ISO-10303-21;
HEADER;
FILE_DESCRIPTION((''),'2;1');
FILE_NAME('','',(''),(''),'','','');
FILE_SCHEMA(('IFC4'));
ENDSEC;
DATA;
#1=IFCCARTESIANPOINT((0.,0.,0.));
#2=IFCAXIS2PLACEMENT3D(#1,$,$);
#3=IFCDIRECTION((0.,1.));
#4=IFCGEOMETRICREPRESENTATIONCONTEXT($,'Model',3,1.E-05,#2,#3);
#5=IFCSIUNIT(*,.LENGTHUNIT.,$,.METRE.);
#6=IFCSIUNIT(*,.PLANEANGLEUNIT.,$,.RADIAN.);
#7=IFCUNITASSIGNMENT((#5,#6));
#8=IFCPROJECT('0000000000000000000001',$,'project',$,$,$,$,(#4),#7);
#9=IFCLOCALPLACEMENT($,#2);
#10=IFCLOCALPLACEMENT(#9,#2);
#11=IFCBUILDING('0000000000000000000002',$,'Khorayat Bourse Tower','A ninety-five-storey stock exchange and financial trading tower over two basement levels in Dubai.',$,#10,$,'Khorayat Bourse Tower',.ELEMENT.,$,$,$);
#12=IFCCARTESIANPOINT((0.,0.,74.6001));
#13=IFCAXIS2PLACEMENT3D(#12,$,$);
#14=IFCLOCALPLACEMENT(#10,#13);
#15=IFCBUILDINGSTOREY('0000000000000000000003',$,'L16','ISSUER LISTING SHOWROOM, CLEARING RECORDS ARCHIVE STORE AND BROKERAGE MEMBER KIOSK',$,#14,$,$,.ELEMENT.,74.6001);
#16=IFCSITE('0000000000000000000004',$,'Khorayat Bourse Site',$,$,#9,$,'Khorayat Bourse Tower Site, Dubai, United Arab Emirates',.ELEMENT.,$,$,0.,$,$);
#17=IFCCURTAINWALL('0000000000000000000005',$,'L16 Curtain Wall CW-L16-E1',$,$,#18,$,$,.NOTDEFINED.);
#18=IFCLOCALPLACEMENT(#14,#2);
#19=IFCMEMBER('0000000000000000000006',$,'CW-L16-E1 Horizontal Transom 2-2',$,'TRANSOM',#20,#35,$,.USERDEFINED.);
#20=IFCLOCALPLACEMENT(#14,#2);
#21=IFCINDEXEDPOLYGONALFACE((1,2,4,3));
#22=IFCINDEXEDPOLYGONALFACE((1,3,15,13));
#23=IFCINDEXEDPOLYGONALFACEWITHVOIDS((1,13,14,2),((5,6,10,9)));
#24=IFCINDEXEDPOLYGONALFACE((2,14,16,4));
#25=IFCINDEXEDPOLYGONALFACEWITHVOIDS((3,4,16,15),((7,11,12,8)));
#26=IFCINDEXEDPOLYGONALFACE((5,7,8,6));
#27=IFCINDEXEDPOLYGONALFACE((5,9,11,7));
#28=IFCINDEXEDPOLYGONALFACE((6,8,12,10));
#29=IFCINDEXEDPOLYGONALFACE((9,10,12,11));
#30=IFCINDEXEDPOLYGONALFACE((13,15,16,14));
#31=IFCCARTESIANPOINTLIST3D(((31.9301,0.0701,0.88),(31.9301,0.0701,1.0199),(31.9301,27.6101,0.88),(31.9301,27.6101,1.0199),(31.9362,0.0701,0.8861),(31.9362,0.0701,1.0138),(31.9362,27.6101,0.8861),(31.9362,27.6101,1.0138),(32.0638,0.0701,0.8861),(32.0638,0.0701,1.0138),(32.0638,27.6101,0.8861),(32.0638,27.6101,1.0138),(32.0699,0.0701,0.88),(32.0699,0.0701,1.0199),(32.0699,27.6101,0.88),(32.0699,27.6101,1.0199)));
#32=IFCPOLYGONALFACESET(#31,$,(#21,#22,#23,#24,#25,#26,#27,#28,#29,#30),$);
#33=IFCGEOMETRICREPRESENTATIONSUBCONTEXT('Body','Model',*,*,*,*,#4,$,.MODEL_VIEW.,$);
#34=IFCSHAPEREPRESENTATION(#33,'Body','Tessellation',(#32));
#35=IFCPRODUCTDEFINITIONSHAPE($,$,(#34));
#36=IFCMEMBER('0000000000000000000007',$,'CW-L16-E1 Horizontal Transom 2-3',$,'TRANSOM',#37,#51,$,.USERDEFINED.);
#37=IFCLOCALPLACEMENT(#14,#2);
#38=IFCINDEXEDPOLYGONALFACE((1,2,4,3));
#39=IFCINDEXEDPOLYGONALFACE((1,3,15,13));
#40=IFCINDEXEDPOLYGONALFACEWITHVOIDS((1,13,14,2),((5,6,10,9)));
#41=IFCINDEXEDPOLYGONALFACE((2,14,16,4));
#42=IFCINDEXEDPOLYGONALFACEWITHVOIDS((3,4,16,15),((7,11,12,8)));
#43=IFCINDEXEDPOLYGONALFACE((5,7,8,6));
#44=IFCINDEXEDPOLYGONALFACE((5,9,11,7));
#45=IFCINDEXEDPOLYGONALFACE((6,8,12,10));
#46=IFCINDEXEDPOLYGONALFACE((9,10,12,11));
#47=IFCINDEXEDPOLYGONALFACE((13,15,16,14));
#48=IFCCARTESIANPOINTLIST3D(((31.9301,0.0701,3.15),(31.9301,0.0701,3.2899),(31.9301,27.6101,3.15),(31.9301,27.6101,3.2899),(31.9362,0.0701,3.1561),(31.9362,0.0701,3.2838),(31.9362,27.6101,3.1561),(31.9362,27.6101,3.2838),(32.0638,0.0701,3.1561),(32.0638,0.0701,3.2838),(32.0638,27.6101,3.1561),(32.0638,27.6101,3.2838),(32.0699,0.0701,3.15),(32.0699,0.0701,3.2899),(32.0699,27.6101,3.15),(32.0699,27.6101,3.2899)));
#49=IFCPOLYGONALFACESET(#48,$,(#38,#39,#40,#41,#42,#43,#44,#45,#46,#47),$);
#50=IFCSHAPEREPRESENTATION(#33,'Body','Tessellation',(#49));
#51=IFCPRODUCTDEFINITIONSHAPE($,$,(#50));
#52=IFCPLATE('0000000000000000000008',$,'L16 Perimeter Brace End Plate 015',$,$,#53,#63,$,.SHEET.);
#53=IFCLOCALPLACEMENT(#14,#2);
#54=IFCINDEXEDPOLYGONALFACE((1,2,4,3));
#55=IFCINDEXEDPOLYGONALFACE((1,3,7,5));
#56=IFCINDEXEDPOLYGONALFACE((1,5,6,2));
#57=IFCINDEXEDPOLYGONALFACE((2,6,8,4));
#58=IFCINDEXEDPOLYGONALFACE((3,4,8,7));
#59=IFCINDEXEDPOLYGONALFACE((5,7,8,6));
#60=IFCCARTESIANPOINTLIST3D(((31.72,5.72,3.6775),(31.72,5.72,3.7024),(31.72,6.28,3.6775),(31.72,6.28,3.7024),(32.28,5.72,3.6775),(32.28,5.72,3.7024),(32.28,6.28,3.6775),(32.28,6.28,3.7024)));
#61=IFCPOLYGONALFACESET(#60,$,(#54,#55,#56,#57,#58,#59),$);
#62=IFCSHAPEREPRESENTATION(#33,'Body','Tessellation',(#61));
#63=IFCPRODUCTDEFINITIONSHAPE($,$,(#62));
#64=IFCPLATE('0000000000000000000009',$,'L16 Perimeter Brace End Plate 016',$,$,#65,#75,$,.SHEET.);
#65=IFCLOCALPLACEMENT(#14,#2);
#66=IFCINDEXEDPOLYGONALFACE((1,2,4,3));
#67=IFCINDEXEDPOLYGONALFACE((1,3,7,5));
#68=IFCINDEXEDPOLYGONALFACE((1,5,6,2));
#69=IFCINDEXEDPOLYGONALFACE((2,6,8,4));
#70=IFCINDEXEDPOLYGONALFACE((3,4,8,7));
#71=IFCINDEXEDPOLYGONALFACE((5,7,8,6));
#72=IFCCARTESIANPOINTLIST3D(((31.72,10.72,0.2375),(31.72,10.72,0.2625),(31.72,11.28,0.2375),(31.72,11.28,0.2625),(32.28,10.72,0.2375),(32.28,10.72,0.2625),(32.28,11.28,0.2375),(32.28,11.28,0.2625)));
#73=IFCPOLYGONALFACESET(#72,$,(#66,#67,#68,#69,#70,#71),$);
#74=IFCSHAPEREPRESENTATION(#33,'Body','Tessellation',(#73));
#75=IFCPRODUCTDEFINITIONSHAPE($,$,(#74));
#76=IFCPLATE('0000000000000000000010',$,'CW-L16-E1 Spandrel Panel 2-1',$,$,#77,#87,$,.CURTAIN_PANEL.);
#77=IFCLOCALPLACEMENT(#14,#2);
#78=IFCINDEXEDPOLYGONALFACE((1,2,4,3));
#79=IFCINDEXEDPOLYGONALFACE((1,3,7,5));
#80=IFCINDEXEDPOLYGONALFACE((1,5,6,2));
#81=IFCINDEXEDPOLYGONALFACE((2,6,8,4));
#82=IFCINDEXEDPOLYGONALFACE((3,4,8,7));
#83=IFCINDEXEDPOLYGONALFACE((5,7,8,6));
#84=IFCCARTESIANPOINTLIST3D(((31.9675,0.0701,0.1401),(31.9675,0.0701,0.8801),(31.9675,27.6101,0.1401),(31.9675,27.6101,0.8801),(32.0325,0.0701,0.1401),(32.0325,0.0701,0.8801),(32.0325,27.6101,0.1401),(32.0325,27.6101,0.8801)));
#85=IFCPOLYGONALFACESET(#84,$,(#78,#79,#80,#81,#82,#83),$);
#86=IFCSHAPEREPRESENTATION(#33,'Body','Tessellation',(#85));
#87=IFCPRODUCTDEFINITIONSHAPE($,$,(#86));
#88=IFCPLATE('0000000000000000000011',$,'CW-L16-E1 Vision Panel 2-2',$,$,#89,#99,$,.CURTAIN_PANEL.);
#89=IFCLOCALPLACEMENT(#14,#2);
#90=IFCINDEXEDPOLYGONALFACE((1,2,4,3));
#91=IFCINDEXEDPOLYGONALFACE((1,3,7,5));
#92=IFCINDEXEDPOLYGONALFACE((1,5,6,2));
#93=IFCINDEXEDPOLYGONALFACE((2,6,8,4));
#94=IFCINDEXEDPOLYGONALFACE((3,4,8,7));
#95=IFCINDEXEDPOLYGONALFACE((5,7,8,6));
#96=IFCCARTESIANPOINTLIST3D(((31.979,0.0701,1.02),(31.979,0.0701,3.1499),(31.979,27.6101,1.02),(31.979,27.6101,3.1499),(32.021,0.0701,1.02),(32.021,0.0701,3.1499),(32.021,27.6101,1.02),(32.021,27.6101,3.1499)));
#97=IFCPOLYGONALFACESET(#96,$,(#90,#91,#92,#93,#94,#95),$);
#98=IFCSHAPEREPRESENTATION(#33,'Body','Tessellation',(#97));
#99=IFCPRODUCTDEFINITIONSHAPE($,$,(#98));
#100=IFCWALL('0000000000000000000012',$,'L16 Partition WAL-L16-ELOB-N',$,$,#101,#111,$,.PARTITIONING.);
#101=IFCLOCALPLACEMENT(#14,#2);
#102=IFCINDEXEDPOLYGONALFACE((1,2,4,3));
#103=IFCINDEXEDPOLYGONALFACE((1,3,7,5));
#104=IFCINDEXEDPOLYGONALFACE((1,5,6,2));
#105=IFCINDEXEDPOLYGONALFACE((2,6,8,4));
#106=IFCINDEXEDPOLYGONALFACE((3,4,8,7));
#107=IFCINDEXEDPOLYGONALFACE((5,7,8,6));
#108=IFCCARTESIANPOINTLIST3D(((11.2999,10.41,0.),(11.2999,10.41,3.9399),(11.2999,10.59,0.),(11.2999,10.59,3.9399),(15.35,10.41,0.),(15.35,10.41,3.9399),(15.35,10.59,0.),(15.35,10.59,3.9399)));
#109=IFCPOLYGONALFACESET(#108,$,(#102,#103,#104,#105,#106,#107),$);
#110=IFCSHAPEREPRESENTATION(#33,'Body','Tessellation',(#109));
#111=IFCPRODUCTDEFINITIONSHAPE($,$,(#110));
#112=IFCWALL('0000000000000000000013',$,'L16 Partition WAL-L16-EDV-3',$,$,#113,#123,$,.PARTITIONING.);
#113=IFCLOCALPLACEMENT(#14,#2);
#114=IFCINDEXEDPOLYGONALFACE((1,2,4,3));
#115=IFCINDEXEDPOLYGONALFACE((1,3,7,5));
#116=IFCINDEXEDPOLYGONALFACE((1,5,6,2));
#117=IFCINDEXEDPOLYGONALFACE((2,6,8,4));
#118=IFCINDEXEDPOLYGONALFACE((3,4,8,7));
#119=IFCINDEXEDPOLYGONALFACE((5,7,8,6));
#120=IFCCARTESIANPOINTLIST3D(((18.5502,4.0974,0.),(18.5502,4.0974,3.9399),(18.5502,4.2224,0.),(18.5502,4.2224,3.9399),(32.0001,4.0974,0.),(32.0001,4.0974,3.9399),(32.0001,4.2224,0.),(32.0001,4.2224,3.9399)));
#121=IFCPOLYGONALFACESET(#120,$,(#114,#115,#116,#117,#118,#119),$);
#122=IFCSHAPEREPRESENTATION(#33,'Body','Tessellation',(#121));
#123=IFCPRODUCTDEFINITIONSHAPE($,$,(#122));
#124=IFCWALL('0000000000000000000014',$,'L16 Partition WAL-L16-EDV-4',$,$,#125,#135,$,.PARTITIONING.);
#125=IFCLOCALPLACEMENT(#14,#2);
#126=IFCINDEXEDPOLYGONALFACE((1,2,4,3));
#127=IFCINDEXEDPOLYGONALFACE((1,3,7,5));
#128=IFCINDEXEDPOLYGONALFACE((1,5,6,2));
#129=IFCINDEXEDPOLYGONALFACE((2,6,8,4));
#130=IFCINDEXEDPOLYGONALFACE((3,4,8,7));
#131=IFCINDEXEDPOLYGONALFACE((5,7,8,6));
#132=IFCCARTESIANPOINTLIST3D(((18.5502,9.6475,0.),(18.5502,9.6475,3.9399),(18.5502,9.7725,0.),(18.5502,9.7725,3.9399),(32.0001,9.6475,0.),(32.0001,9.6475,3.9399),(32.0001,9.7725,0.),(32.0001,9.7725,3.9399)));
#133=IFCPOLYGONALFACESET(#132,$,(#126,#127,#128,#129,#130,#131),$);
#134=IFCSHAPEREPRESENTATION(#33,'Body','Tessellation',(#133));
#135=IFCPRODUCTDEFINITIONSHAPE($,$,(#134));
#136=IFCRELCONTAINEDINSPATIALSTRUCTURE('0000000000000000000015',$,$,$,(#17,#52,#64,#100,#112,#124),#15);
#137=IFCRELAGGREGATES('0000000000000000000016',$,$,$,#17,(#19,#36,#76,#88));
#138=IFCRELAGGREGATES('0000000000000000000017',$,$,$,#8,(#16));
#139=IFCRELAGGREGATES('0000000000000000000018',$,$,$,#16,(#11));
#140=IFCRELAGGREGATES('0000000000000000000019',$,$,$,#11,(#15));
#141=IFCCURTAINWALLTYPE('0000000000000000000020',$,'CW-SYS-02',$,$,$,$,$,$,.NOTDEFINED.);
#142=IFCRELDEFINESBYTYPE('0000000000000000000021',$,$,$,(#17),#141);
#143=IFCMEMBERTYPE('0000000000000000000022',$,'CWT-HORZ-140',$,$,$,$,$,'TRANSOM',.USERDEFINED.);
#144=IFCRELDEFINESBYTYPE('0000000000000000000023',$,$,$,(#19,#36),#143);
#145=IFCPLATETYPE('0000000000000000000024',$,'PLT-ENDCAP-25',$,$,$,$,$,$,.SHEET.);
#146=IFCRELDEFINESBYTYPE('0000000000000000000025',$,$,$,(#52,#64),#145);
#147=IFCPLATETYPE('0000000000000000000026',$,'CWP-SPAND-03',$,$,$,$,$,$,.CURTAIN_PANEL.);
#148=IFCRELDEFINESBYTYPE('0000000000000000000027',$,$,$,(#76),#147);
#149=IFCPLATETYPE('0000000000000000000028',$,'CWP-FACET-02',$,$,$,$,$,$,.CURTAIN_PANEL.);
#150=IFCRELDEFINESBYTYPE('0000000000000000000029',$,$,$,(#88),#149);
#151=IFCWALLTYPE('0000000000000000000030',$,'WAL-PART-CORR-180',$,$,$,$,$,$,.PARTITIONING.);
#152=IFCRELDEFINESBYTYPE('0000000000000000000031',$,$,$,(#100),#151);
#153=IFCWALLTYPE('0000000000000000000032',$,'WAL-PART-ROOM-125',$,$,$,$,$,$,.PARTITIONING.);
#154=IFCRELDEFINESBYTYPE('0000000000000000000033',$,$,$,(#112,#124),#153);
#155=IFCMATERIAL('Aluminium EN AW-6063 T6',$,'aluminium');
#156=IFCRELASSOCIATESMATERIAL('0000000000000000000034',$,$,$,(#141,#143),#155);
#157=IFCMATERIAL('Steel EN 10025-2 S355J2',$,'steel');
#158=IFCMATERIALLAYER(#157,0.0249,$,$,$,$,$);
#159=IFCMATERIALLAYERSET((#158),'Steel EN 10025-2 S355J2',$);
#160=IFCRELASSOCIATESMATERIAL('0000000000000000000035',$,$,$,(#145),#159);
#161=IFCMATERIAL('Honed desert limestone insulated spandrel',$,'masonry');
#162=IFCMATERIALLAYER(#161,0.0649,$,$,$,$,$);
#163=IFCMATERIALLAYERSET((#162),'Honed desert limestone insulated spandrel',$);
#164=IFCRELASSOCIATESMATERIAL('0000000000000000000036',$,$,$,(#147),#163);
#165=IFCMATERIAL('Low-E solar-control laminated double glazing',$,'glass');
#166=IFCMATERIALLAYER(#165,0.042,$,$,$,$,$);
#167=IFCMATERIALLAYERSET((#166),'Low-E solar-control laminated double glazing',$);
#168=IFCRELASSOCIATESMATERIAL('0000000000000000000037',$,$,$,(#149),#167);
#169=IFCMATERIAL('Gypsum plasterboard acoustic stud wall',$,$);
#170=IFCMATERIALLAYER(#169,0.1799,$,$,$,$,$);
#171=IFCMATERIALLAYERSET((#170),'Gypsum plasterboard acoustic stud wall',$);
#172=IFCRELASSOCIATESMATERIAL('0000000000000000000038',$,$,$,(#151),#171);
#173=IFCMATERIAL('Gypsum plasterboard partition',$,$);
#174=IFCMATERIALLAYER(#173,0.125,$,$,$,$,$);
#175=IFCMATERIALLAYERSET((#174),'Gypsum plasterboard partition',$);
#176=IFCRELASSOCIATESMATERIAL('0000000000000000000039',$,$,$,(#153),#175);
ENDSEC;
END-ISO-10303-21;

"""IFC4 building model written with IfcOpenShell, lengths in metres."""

from ifc_helpers import new_model, si_unit, direction, frame, frame_2d, origin, origin_2d, place, context, subcontext, project, spatial, rectangle, hollow_rectangle, extrude, source, transform, mapped, material, layer, layer_set, material_profile, profile_set, type_object, element, aggregate, save


model = new_model("IFC4")

# Units and contexts
model_context = context("Model", 3, precision=1e-05, world=origin(), true_north=direction((0.0, 1.0)))
body_context = subcontext(model_context, "Body", "Model", "MODEL_VIEW")
ifc_project = project(units=[si_unit("LENGTHUNIT", "METRE"), si_unit("PLANEANGLEUNIT", "RADIAN")], contexts=[model_context])

# Site, building, storey
site_placement = place(None, origin())
site = spatial("IfcSite", under=ifc_project, at=site_placement, Name="Khorayat Bourse Site", LongName="Khorayat Bourse Tower Site, Dubai, United Arab Emirates", CompositionType="ELEMENT", RefElevation=0.0)
building_placement = place(site_placement, origin())
building = spatial("IfcBuilding", under=site, at=building_placement, Name="Khorayat Bourse Tower", Description="A ninety-five-storey stock exchange and financial trading tower over two basement levels in Dubai.", LongName="Khorayat Bourse Tower", CompositionType="ELEMENT")
storey_placement = place(building_placement, frame((0.0, 0.0, 74.6001)))
storey = spatial("IfcBuildingStorey", under=building, at=storey_placement, Name="L16", Description="ISSUER LISTING SHOWROOM, CLEARING RECORDS ARCHIVE STORE AND BROKERAGE MEMBER KIOSK", CompositionType="ELEMENT", Elevation=74.6001)

# Curtain wall, members
ifc_material_1 = material(Name="Aluminium EN AW-6063 T6", Category="aluminium")
curtain_wall_type = type_object("IfcCurtainWallType", Name="CW-SYS-02", PredefinedType="NOTDEFINED", material=ifc_material_1)
curtain_wall_placement = place(storey_placement, origin())
curtain_wall = element("IfcCurtainWall", 1, at=curtain_wall_placement, inside=storey, type_object=curtain_wall_type, Name="L16 Curtain Wall CW-L16-E1", PredefinedType="NOTDEFINED")
ifc_material_profile_1 = material_profile(ifc_material_1, hollow_rectangle(XDim=0.1399, YDim=0.1399, WallThickness=0.0061, at=origin_2d()), Name="ALU 140x140x6")
ifc_profile_set_1 = profile_set([ifc_material_profile_1], Name="Aluminium EN AW-6063 T6")
member_type_1 = type_object("IfcMemberType", Name="CWT-HORZ-140", ElementType="TRANSOM", PredefinedType="USERDEFINED", material=ifc_profile_set_1)
shared_shape_1 = source(origin(), body_context, "Body", "SweptSolid", [
    extrude(hollow_rectangle(XDim=0.1399, YDim=0.1399, WallThickness=0.0061, at=origin_2d()), origin(), (0.0, 0.0, 1.0), 27.54),
])
member_1_placement = place(storey_placement, frame((32.0, 0.0701, 0.95), z_axis=(0.0, 1.0, 0.0), x_axis=(-1.0, 0.0, 0.0)))
member_1 = element("IfcMember", 2, at=member_1_placement, type_object=member_type_1, Name="CW-L16-E1 Horizontal Transom 2-2", ObjectType="TRANSOM", PredefinedType="USERDEFINED", context=body_context, shape_type="MappedRepresentation", body=[
    mapped(shared_shape_1, transform((0.0, 0.0, 0.0), scale=1.0)),
])
member_2_placement = place(storey_placement, frame((32.0, 0.0701, 3.22), z_axis=(0.0, 1.0, 0.0), x_axis=(-1.0, 0.0, 0.0)))
member_2 = element("IfcMember", 3, at=member_2_placement, type_object=member_type_1, Name="CW-L16-E1 Horizontal Transom 2-3", ObjectType="TRANSOM", PredefinedType="USERDEFINED", context=body_context, shape_type="MappedRepresentation", body=[
    mapped(shared_shape_1, transform((0.0, 0.0, 0.0), scale=1.0)),
])

# Plates
ifc_material_2 = material(Name="Steel EN 10025-2 S355J2", Category="steel")
ifc_layer_1 = layer(ifc_material_2, 0.0249)
ifc_layer_set_1 = layer_set([ifc_layer_1], Name="Steel EN 10025-2 S355J2")
plate_type_1 = type_object("IfcPlateType", Name="PLT-ENDCAP-25", PredefinedType="SHEET", material=ifc_layer_set_1)
shared_shape_2 = source(origin(), body_context, "Body", "SweptSolid", [
    extrude(rectangle(XDim=0.5601, YDim=0.5601, at=origin_2d()), origin(), (0.0, 0.0, 1.0), 0.0249),
])
for number, where, z_axis, x_axis, name in (
    (4, (32.0, 6.0, 3.6775), (0.0, 0.0, 1.0), (1.0, 0.0, 0.0), "L16 Perimeter Brace End Plate 015"),
    (5, (32.0, 11.0, 0.2375), (0.0, 0.0, 1.0), (1.0, 0.0, 0.0), "L16 Perimeter Brace End Plate 016"),
):
    element("IfcPlate", number, at=place(storey_placement, frame(where, z_axis=z_axis, x_axis=x_axis)), inside=storey, type_object=plate_type_1, Name=name, PredefinedType="SHEET", context=body_context, shape_type="MappedRepresentation", body=[
        mapped(shared_shape_2, transform((0.0, 0.0, 0.0), scale=1.0)),
    ])

# Plates
ifc_material_3 = material(Name="Honed desert limestone insulated spandrel", Category="masonry")
ifc_layer_2 = layer(ifc_material_3, 0.0649)
ifc_layer_set_2 = layer_set([ifc_layer_2], Name="Honed desert limestone insulated spandrel")
plate_type_2 = type_object("IfcPlateType", Name="CWP-SPAND-03", PredefinedType="CURTAIN_PANEL", material=ifc_layer_set_2)
shared_shape_3 = source(origin(), body_context, "Body", "SweptSolid", [
    extrude(rectangle(XDim=27.54, YDim=0.0649, at=origin_2d()), origin(), (0.0, 0.0, 1.0), 0.74),
])
plate_1_placement = place(storey_placement, frame((32.0, 13.8401, 0.1401), z_axis=(0.0, 0.0, 1.0), x_axis=(0.0, 1.0, 0.0)))
plate_1 = element("IfcPlate", 6, at=plate_1_placement, type_object=plate_type_2, Name="CW-L16-E1 Spandrel Panel 2-1", PredefinedType="CURTAIN_PANEL", context=body_context, shape_type="MappedRepresentation", body=[
    mapped(shared_shape_3, transform((0.0, 0.0, 0.0), scale=1.0)),
])
ifc_material_4 = material(Name="Low-E solar-control laminated double glazing", Category="glass")
ifc_layer_3 = layer(ifc_material_4, 0.042)
ifc_layer_set_3 = layer_set([ifc_layer_3], Name="Low-E solar-control laminated double glazing")
plate_type_3 = type_object("IfcPlateType", Name="CWP-FACET-02", PredefinedType="CURTAIN_PANEL", material=ifc_layer_set_3)
shared_shape_4 = source(origin(), body_context, "Body", "SweptSolid", [
    extrude(rectangle(XDim=27.54, YDim=0.042, at=origin_2d()), origin(), (0.0, 0.0, 1.0), 2.1299),
])
plate_2_placement = place(storey_placement, frame((32.0, 13.8401, 1.02), z_axis=(0.0, 0.0, 1.0), x_axis=(0.0, 1.0, 0.0)))
plate_2 = element("IfcPlate", 7, at=plate_2_placement, type_object=plate_type_3, Name="CW-L16-E1 Vision Panel 2-2", PredefinedType="CURTAIN_PANEL", context=body_context, shape_type="MappedRepresentation", body=[
    mapped(shared_shape_4, transform((0.0, 0.0, 0.0), scale=1.0)),
])
aggregate(curtain_wall, [member_1, member_2, plate_1, plate_2])

# Walls
ifc_material_5 = material(Name="Gypsum plasterboard acoustic stud wall")
ifc_layer_4 = layer(ifc_material_5, 0.1799)
ifc_layer_set_4 = layer_set([ifc_layer_4], Name="Gypsum plasterboard acoustic stud wall")
wall_type_1 = type_object("IfcWallType", Name="WAL-PART-CORR-180", PredefinedType="PARTITIONING", material=ifc_layer_set_4)
shared_shape_5 = source(origin(), body_context, "Body", "SweptSolid", [
    extrude(rectangle(XDim=4.05, YDim=0.1799, at=frame_2d((2.0249, 0.0))), origin(), (0.0, 0.0, 1.0), 3.9399),
])
wall_placement = place(storey_placement, frame((11.3, 10.5, 0.0), z_axis=(0.0, 0.0, 1.0), x_axis=(1.0, 0.0, 0.0)))
element("IfcWall", 8, at=wall_placement, inside=storey, type_object=wall_type_1, Name="L16 Partition WAL-L16-ELOB-N", PredefinedType="PARTITIONING", context=body_context, shape_type="MappedRepresentation", body=[
    mapped(shared_shape_5, transform((0.0, 0.0, 0.0), scale=1.0)),
])
ifc_material_6 = material(Name="Gypsum plasterboard partition")
ifc_layer_5 = layer(ifc_material_6, 0.125)
ifc_layer_set_5 = layer_set([ifc_layer_5], Name="Gypsum plasterboard partition")
wall_type_2 = type_object("IfcWallType", Name="WAL-PART-ROOM-125", PredefinedType="PARTITIONING", material=ifc_layer_set_5)
shared_shape_6 = source(origin(), body_context, "Body", "SweptSolid", [
    extrude(rectangle(XDim=13.45, YDim=0.125, at=frame_2d((6.7251, 0.0))), origin(), (0.0, 0.0, 1.0), 3.9399),
])
for number, where, z_axis, x_axis, name in (
    (9, (18.55, 4.1599, 0.0), (0.0, 0.0, 1.0), (1.0, 0.0, 0.0), "L16 Partition WAL-L16-EDV-3"),
    (10, (18.55, 9.71, 0.0), (0.0, 0.0, 1.0), (1.0, 0.0, 0.0), "L16 Partition WAL-L16-EDV-4"),
):
    element("IfcWall", number, at=place(storey_placement, frame(where, z_axis=z_axis, x_axis=x_axis)), inside=storey, type_object=wall_type_2, Name=name, PredefinedType="PARTITIONING", context=body_context, shape_type="MappedRepresentation", body=[
        mapped(shared_shape_6, transform((0.0, 0.0, 0.0), scale=1.0)),
    ])

save(model, "model.ifc")
